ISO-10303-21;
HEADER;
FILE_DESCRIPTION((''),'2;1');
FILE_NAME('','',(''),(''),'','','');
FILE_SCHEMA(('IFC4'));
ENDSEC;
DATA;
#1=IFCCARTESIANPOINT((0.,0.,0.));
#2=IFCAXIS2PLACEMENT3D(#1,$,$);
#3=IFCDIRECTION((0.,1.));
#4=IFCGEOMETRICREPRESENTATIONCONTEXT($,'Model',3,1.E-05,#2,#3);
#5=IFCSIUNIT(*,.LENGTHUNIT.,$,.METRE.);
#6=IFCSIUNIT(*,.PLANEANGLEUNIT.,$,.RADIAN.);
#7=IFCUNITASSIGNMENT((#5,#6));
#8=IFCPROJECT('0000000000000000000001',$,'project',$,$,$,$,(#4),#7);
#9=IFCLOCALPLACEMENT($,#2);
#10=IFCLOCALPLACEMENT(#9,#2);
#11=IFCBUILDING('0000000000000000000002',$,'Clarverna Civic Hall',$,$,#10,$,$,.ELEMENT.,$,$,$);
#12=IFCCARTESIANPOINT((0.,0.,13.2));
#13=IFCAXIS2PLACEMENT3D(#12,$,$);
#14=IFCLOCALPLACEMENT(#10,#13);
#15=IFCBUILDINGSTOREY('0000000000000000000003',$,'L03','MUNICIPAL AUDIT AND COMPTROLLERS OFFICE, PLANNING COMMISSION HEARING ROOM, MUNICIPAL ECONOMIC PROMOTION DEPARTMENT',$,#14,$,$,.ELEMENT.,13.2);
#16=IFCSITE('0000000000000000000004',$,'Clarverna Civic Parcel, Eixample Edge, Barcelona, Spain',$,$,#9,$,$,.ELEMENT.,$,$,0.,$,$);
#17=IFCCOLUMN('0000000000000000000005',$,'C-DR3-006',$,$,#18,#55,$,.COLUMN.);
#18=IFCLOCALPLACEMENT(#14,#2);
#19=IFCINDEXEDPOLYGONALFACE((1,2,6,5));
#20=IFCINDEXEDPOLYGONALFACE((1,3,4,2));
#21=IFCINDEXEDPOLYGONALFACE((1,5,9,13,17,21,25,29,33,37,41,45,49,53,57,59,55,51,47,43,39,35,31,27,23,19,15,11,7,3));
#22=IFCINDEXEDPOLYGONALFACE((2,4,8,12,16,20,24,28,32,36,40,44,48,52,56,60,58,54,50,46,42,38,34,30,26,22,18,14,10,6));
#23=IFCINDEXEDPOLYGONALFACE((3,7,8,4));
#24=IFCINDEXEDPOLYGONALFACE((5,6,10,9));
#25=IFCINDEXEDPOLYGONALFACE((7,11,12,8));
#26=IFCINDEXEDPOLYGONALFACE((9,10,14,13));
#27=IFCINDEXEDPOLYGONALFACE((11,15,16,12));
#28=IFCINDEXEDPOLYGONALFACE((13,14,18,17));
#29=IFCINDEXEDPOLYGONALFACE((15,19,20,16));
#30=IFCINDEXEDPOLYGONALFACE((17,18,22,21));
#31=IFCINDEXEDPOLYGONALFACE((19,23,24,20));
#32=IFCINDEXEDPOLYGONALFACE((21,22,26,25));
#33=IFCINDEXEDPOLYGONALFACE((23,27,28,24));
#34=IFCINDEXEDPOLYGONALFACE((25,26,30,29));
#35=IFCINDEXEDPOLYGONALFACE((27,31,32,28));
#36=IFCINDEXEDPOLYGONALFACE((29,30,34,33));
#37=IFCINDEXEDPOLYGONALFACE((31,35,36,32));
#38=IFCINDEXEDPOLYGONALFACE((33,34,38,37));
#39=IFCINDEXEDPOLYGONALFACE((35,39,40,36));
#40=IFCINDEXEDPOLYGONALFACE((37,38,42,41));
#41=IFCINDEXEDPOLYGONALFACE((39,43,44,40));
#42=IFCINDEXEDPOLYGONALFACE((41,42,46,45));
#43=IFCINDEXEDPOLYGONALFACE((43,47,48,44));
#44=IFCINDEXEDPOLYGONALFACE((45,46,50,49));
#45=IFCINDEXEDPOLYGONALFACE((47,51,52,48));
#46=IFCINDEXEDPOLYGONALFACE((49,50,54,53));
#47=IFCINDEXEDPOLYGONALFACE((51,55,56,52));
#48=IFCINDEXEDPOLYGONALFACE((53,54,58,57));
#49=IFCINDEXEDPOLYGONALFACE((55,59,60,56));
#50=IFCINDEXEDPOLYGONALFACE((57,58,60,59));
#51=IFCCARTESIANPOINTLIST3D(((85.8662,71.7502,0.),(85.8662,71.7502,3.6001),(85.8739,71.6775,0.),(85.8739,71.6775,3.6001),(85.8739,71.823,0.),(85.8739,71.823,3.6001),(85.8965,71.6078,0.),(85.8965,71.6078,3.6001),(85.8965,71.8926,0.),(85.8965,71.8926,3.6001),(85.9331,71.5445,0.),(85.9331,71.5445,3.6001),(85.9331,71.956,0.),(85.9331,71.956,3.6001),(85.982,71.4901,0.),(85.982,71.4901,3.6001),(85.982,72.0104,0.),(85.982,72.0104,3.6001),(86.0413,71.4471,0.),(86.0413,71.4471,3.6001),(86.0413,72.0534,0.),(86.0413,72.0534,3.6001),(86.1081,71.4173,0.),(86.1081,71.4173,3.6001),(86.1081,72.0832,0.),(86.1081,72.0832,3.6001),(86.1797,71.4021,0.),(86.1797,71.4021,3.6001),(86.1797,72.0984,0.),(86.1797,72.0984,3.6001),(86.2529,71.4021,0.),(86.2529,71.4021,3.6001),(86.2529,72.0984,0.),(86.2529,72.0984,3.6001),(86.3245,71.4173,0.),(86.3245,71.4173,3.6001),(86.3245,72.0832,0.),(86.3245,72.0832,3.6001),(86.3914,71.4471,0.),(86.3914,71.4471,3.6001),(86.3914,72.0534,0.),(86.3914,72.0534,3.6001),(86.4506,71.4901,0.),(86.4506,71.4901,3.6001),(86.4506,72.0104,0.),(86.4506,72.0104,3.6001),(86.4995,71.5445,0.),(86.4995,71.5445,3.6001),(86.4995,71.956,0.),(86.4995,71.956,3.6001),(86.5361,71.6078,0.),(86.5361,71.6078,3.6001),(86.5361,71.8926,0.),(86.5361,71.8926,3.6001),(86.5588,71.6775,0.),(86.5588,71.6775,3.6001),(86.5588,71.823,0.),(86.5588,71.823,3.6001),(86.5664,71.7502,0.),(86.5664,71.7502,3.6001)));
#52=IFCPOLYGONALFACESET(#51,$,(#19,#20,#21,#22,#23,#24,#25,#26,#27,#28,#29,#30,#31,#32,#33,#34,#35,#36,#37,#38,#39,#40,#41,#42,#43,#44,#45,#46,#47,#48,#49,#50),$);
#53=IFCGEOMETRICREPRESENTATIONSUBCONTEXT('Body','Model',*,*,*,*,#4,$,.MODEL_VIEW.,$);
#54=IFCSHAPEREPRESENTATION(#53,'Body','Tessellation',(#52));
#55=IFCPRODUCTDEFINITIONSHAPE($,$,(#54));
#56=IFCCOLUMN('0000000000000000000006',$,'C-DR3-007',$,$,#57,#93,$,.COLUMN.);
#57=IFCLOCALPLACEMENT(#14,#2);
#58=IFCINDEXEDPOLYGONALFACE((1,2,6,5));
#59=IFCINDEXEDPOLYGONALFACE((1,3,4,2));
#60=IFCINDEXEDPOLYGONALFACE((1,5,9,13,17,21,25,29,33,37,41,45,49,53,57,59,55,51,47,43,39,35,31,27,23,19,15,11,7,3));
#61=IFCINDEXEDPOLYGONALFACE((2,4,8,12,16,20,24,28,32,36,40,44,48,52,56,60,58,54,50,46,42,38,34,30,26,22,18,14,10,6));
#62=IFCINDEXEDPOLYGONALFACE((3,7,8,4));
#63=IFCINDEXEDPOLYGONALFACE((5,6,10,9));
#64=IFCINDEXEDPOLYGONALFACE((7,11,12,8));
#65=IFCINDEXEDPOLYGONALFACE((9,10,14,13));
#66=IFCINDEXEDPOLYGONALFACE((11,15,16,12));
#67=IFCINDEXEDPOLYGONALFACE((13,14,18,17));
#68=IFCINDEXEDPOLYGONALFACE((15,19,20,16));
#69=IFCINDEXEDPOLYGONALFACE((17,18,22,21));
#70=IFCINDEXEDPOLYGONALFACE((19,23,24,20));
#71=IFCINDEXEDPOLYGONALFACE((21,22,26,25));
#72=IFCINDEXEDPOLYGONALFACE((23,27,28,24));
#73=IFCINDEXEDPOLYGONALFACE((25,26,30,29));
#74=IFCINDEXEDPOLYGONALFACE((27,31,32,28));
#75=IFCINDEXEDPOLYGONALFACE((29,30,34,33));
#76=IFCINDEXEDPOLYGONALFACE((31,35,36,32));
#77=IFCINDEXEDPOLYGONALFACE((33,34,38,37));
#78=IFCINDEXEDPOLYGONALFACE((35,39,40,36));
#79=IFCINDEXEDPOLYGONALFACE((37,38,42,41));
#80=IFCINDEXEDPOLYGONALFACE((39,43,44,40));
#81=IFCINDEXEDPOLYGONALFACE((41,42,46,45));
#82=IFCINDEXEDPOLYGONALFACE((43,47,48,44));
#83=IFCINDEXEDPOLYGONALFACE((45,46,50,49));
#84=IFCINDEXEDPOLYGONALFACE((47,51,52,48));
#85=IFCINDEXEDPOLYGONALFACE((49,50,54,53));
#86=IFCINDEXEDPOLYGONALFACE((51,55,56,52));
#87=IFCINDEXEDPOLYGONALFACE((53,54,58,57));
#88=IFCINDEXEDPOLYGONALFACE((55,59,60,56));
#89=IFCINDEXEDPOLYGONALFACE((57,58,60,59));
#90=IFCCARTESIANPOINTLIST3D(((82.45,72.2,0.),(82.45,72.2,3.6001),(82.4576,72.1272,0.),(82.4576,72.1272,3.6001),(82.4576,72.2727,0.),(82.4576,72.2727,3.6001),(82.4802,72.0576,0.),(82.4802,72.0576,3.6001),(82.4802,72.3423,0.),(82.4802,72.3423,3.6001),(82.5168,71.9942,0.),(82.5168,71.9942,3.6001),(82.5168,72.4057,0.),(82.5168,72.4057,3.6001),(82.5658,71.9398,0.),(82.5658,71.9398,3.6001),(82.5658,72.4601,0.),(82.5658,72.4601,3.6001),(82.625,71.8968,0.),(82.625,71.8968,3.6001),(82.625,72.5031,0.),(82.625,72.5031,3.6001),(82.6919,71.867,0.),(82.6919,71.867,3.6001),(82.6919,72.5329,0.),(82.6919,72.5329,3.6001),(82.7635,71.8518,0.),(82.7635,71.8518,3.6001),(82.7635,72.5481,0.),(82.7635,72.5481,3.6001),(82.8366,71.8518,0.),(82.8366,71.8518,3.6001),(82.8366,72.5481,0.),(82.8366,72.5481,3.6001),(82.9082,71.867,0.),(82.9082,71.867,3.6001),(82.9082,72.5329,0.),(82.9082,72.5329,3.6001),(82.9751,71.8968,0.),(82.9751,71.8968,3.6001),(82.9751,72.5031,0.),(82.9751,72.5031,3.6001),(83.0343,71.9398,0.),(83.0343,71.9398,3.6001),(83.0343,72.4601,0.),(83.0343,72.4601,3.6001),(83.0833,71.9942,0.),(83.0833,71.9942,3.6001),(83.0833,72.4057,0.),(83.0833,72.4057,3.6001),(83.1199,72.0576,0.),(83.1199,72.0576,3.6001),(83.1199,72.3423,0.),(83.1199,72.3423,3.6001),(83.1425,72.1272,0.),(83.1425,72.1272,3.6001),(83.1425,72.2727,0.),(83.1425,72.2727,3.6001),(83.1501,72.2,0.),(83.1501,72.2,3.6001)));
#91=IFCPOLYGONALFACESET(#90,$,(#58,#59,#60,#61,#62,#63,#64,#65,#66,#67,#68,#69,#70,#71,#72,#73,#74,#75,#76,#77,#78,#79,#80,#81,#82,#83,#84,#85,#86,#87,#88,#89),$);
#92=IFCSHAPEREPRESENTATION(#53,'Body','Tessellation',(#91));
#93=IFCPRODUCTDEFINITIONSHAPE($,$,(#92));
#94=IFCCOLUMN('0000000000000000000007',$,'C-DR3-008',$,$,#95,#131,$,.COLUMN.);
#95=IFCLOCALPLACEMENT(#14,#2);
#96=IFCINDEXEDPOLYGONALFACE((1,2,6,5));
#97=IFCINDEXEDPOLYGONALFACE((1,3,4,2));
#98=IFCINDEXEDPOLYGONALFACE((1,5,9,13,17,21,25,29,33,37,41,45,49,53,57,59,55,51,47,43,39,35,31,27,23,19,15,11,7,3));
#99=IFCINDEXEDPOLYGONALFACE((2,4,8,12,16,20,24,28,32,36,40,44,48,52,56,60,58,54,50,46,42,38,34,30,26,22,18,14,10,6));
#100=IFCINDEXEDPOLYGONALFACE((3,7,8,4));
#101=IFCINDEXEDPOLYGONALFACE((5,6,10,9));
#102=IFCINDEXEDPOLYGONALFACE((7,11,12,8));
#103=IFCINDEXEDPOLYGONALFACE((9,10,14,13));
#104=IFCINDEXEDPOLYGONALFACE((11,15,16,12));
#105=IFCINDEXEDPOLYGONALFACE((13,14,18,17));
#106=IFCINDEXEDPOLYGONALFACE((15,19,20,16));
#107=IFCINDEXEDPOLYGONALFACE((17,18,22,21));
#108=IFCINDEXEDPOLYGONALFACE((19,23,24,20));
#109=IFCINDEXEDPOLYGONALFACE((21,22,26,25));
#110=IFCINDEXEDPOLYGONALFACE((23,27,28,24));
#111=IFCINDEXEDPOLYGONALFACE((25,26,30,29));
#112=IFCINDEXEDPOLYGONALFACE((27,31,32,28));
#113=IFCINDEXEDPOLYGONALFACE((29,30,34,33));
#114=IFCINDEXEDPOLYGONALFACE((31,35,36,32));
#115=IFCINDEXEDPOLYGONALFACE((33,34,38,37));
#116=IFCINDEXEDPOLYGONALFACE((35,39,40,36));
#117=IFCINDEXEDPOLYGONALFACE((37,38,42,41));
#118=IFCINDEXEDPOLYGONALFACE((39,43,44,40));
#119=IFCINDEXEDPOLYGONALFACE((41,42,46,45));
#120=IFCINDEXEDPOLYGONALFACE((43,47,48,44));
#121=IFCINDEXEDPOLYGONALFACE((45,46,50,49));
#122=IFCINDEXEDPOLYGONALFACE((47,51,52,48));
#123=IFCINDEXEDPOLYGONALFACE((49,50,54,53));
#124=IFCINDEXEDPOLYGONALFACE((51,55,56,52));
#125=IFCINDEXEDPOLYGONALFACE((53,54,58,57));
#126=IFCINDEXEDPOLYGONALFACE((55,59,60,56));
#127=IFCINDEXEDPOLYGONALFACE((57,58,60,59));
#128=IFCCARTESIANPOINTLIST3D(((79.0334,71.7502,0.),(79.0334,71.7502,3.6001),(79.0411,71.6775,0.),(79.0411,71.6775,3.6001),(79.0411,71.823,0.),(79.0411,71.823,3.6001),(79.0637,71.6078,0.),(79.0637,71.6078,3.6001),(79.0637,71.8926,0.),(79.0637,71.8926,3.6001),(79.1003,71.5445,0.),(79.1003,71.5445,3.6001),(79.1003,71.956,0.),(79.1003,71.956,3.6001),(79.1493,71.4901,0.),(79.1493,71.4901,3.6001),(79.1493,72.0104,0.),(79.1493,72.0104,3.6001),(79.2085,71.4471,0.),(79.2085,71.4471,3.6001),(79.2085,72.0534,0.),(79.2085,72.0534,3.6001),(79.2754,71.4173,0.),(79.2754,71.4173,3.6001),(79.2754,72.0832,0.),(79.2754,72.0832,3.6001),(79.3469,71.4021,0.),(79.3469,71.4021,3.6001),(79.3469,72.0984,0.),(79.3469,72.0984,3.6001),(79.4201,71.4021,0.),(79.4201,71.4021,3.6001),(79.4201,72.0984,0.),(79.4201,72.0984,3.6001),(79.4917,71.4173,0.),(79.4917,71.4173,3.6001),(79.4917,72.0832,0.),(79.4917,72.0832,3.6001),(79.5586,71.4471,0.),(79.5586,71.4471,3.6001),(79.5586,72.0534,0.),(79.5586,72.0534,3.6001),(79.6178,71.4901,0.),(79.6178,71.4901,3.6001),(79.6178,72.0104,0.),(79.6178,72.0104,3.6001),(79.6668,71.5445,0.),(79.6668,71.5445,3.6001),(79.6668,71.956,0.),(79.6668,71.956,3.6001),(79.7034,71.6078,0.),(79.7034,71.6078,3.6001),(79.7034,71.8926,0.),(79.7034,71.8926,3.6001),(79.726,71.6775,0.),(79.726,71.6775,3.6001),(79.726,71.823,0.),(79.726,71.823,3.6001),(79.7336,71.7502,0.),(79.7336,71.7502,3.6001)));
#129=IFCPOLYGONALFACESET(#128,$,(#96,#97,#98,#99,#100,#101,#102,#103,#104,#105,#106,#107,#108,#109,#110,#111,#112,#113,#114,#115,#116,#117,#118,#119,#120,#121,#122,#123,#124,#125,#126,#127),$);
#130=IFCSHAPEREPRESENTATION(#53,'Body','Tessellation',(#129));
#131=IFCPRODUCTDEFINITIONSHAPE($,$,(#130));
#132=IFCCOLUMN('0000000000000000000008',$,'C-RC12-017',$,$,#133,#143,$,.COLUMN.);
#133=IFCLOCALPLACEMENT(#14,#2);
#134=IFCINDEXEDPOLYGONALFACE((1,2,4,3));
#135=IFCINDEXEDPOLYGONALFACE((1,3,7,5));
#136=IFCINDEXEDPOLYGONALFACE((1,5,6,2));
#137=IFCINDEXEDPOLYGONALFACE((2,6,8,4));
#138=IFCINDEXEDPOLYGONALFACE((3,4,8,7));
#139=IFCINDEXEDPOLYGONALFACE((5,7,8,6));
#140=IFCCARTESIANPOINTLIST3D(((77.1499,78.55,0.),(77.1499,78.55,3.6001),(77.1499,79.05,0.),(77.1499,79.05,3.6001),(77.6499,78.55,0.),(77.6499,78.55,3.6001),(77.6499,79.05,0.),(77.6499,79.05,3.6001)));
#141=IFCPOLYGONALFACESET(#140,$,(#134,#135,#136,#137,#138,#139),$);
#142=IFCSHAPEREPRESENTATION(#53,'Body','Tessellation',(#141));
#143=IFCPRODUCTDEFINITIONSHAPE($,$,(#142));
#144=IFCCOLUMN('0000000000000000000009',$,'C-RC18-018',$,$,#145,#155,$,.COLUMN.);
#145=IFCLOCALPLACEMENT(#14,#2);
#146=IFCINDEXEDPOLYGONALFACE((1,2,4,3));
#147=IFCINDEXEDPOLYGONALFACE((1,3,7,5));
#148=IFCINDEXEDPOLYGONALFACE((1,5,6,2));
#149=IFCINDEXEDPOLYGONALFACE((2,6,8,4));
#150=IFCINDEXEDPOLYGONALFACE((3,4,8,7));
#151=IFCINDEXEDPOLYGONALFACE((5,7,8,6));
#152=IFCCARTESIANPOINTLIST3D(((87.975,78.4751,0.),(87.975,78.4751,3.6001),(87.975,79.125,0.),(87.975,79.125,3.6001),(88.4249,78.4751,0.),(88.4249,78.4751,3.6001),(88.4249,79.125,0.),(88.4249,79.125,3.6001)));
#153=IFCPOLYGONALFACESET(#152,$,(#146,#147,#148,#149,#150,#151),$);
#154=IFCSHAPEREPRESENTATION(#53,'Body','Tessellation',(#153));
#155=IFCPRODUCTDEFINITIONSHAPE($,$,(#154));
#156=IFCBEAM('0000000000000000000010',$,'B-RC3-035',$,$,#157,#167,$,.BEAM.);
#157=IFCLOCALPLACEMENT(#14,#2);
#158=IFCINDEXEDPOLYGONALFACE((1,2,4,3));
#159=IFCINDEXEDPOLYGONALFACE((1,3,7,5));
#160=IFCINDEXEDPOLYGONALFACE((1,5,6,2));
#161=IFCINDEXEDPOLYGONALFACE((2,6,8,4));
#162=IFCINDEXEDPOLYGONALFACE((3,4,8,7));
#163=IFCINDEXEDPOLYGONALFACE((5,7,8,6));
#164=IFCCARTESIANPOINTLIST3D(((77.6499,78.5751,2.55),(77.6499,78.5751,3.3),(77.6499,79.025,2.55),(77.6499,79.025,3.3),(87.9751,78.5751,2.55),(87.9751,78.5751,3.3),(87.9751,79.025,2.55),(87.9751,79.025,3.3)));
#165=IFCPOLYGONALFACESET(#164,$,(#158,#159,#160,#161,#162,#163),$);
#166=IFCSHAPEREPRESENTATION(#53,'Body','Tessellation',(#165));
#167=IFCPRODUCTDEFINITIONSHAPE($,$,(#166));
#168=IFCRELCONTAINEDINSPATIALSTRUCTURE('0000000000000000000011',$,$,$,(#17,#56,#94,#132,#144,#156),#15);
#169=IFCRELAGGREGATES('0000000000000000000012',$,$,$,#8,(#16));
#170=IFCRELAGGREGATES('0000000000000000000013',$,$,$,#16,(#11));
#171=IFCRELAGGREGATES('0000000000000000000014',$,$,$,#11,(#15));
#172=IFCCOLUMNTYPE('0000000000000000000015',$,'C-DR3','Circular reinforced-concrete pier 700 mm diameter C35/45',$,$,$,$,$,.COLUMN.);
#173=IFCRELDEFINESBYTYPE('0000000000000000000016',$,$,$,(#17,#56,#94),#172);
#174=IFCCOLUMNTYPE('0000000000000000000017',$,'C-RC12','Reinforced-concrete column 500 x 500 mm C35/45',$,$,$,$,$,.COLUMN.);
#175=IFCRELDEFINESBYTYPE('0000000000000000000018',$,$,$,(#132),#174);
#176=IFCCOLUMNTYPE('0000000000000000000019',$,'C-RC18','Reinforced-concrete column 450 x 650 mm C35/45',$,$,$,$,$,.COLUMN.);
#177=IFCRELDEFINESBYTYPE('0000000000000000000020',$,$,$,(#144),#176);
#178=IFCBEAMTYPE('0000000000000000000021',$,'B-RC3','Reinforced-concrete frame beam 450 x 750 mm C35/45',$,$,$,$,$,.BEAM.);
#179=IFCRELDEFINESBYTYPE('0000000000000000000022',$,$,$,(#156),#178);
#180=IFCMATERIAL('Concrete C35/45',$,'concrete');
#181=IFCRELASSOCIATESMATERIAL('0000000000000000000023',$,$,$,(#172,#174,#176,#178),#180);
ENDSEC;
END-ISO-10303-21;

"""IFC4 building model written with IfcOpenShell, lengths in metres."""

from ifc_helpers import new_model, si_unit, direction, frame, origin, origin_2d, place, context, subcontext, project, spatial, rectangle, circle, extrude, material, material_profile, profile_set, type_object, element, save


model = new_model("IFC4")

# Units and contexts
model_context = context("Model", 3, precision=1e-05, world=origin(), true_north=direction((0.0, 1.0)))
body_context = subcontext(model_context, "Body", "Model", "MODEL_VIEW")
ifc_project = project(units=[si_unit("LENGTHUNIT", "METRE"), si_unit("PLANEANGLEUNIT", "RADIAN")], contexts=[model_context])

# Site, building, storey
site_placement = place(None, origin())
site = spatial("IfcSite", under=ifc_project, at=site_placement, Name="Clarverna Civic Parcel, Eixample Edge, Barcelona, Spain", CompositionType="ELEMENT", RefElevation=0.0)
building_placement = place(site_placement, origin())
building = spatial("IfcBuilding", under=site, at=building_placement, Name="Clarverna Civic Hall", CompositionType="ELEMENT")
storey_placement = place(building_placement, frame((0.0, 0.0, 13.2)))
storey = spatial("IfcBuildingStorey", under=building, at=storey_placement, Name="L03", Description="MUNICIPAL AUDIT AND COMPTROLLERS OFFICE, PLANNING COMMISSION HEARING ROOM, MUNICIPAL ECONOMIC PROMOTION DEPARTMENT", CompositionType="ELEMENT", Elevation=13.2)

# Columns
ifc_material_1 = material(Name="Concrete C35/45", Category="concrete")
ifc_material_profile_1 = material_profile(ifc_material_1, circle(Radius=0.3501, at=origin_2d()), Name="RC D700")
ifc_profile_set_1 = profile_set([ifc_material_profile_1], Name="Concrete C35/45")
column_type_1 = type_object("IfcColumnType", Name="C-DR3", Description="Circular reinforced-concrete pier 700 mm diameter C35/45", PredefinedType="COLUMN", material=ifc_profile_set_1)
for number, where, z_axis, x_axis, name in (
    (1, (86.2163, 71.7502, 0.0), (0.0, 0.0, 1.0), (1.0, 0.0, 0.0), "C-DR3-006"),
    (2, (82.8, 72.2, 0.0), (0.0, 0.0, 1.0), (1.0, 0.0, 0.0), "C-DR3-007"),
    (3, (79.3835, 71.7502, 0.0), (0.0, 0.0, 1.0), (1.0, 0.0, 0.0), "C-DR3-008"),
):
    element("IfcColumn", number, at=place(storey_placement, frame(where, z_axis=z_axis, x_axis=x_axis)), inside=storey, type_object=column_type_1, Name=name, PredefinedType="COLUMN", context=body_context, shape_type="SweptSolid", body=[
        extrude(circle(Radius=0.3501, at=origin_2d()), origin(), (0.0, 0.0, 1.0), 3.6001),
    ])
ifc_material_profile_2 = material_profile(ifc_material_1, rectangle(XDim=0.5, YDim=0.5, at=origin_2d()), Name="RC 500x500")
ifc_profile_set_2 = profile_set([ifc_material_profile_2], Name="Concrete C35/45")
column_type_2 = type_object("IfcColumnType", Name="C-RC12", Description="Reinforced-concrete column 500 x 500 mm C35/45", PredefinedType="COLUMN", material=ifc_profile_set_2)
column_1_placement = place(storey_placement, frame((77.3999, 78.8, 0.0), z_axis=(0.0, 0.0, 1.0), x_axis=(1.0, 0.0, 0.0)))
element("IfcColumn", 4, at=column_1_placement, inside=storey, type_object=column_type_2, Name="C-RC12-017", PredefinedType="COLUMN", context=body_context, shape_type="SweptSolid", body=[
    extrude(rectangle(XDim=0.5, YDim=0.5, at=origin_2d()), origin(), (0.0, 0.0, 1.0), 3.6001),
])
ifc_material_profile_3 = material_profile(ifc_material_1, rectangle(XDim=0.45, YDim=0.6499, at=origin_2d()), Name="RC 450x650")
ifc_profile_set_3 = profile_set([ifc_material_profile_3], Name="Concrete C35/45")
column_type_3 = type_object("IfcColumnType", Name="C-RC18", Description="Reinforced-concrete column 450 x 650 mm C35/45", PredefinedType="COLUMN", material=ifc_profile_set_3)
column_2_placement = place(storey_placement, frame((88.2, 78.8, 0.0), z_axis=(0.0, 0.0, 1.0), x_axis=(1.0, 0.0, 0.0)))
element("IfcColumn", 5, at=column_2_placement, inside=storey, type_object=column_type_3, Name="C-RC18-018", PredefinedType="COLUMN", context=body_context, shape_type="SweptSolid", body=[
    extrude(rectangle(XDim=0.45, YDim=0.6499, at=origin_2d()), origin(), (0.0, 0.0, 1.0), 3.6001),
])

# Beam
ifc_material_profile_4 = material_profile(ifc_material_1, rectangle(XDim=0.45, YDim=0.75, at=origin_2d()), Name="RC 450x750")
ifc_profile_set_4 = profile_set([ifc_material_profile_4], Name="Concrete C35/45")
beam_type_1 = type_object("IfcBeamType", Name="B-RC3", Description="Reinforced-concrete frame beam 450 x 750 mm C35/45", PredefinedType="BEAM", material=ifc_profile_set_4)
beam_1_placement = place(storey_placement, frame((77.6499, 78.8, 2.925), z_axis=(1.0, 0.0, 0.0), x_axis=(0.0, 1.0, 0.0)))
element("IfcBeam", 6, at=beam_1_placement, inside=storey, type_object=beam_type_1, Name="B-RC3-035", PredefinedType="BEAM", context=body_context, shape_type="SweptSolid", body=[
    extrude(rectangle(XDim=0.45, YDim=0.75, at=origin_2d()), origin(), (0.0, 0.0, 1.0), 10.3252),
])

save(model, "model.ifc")
